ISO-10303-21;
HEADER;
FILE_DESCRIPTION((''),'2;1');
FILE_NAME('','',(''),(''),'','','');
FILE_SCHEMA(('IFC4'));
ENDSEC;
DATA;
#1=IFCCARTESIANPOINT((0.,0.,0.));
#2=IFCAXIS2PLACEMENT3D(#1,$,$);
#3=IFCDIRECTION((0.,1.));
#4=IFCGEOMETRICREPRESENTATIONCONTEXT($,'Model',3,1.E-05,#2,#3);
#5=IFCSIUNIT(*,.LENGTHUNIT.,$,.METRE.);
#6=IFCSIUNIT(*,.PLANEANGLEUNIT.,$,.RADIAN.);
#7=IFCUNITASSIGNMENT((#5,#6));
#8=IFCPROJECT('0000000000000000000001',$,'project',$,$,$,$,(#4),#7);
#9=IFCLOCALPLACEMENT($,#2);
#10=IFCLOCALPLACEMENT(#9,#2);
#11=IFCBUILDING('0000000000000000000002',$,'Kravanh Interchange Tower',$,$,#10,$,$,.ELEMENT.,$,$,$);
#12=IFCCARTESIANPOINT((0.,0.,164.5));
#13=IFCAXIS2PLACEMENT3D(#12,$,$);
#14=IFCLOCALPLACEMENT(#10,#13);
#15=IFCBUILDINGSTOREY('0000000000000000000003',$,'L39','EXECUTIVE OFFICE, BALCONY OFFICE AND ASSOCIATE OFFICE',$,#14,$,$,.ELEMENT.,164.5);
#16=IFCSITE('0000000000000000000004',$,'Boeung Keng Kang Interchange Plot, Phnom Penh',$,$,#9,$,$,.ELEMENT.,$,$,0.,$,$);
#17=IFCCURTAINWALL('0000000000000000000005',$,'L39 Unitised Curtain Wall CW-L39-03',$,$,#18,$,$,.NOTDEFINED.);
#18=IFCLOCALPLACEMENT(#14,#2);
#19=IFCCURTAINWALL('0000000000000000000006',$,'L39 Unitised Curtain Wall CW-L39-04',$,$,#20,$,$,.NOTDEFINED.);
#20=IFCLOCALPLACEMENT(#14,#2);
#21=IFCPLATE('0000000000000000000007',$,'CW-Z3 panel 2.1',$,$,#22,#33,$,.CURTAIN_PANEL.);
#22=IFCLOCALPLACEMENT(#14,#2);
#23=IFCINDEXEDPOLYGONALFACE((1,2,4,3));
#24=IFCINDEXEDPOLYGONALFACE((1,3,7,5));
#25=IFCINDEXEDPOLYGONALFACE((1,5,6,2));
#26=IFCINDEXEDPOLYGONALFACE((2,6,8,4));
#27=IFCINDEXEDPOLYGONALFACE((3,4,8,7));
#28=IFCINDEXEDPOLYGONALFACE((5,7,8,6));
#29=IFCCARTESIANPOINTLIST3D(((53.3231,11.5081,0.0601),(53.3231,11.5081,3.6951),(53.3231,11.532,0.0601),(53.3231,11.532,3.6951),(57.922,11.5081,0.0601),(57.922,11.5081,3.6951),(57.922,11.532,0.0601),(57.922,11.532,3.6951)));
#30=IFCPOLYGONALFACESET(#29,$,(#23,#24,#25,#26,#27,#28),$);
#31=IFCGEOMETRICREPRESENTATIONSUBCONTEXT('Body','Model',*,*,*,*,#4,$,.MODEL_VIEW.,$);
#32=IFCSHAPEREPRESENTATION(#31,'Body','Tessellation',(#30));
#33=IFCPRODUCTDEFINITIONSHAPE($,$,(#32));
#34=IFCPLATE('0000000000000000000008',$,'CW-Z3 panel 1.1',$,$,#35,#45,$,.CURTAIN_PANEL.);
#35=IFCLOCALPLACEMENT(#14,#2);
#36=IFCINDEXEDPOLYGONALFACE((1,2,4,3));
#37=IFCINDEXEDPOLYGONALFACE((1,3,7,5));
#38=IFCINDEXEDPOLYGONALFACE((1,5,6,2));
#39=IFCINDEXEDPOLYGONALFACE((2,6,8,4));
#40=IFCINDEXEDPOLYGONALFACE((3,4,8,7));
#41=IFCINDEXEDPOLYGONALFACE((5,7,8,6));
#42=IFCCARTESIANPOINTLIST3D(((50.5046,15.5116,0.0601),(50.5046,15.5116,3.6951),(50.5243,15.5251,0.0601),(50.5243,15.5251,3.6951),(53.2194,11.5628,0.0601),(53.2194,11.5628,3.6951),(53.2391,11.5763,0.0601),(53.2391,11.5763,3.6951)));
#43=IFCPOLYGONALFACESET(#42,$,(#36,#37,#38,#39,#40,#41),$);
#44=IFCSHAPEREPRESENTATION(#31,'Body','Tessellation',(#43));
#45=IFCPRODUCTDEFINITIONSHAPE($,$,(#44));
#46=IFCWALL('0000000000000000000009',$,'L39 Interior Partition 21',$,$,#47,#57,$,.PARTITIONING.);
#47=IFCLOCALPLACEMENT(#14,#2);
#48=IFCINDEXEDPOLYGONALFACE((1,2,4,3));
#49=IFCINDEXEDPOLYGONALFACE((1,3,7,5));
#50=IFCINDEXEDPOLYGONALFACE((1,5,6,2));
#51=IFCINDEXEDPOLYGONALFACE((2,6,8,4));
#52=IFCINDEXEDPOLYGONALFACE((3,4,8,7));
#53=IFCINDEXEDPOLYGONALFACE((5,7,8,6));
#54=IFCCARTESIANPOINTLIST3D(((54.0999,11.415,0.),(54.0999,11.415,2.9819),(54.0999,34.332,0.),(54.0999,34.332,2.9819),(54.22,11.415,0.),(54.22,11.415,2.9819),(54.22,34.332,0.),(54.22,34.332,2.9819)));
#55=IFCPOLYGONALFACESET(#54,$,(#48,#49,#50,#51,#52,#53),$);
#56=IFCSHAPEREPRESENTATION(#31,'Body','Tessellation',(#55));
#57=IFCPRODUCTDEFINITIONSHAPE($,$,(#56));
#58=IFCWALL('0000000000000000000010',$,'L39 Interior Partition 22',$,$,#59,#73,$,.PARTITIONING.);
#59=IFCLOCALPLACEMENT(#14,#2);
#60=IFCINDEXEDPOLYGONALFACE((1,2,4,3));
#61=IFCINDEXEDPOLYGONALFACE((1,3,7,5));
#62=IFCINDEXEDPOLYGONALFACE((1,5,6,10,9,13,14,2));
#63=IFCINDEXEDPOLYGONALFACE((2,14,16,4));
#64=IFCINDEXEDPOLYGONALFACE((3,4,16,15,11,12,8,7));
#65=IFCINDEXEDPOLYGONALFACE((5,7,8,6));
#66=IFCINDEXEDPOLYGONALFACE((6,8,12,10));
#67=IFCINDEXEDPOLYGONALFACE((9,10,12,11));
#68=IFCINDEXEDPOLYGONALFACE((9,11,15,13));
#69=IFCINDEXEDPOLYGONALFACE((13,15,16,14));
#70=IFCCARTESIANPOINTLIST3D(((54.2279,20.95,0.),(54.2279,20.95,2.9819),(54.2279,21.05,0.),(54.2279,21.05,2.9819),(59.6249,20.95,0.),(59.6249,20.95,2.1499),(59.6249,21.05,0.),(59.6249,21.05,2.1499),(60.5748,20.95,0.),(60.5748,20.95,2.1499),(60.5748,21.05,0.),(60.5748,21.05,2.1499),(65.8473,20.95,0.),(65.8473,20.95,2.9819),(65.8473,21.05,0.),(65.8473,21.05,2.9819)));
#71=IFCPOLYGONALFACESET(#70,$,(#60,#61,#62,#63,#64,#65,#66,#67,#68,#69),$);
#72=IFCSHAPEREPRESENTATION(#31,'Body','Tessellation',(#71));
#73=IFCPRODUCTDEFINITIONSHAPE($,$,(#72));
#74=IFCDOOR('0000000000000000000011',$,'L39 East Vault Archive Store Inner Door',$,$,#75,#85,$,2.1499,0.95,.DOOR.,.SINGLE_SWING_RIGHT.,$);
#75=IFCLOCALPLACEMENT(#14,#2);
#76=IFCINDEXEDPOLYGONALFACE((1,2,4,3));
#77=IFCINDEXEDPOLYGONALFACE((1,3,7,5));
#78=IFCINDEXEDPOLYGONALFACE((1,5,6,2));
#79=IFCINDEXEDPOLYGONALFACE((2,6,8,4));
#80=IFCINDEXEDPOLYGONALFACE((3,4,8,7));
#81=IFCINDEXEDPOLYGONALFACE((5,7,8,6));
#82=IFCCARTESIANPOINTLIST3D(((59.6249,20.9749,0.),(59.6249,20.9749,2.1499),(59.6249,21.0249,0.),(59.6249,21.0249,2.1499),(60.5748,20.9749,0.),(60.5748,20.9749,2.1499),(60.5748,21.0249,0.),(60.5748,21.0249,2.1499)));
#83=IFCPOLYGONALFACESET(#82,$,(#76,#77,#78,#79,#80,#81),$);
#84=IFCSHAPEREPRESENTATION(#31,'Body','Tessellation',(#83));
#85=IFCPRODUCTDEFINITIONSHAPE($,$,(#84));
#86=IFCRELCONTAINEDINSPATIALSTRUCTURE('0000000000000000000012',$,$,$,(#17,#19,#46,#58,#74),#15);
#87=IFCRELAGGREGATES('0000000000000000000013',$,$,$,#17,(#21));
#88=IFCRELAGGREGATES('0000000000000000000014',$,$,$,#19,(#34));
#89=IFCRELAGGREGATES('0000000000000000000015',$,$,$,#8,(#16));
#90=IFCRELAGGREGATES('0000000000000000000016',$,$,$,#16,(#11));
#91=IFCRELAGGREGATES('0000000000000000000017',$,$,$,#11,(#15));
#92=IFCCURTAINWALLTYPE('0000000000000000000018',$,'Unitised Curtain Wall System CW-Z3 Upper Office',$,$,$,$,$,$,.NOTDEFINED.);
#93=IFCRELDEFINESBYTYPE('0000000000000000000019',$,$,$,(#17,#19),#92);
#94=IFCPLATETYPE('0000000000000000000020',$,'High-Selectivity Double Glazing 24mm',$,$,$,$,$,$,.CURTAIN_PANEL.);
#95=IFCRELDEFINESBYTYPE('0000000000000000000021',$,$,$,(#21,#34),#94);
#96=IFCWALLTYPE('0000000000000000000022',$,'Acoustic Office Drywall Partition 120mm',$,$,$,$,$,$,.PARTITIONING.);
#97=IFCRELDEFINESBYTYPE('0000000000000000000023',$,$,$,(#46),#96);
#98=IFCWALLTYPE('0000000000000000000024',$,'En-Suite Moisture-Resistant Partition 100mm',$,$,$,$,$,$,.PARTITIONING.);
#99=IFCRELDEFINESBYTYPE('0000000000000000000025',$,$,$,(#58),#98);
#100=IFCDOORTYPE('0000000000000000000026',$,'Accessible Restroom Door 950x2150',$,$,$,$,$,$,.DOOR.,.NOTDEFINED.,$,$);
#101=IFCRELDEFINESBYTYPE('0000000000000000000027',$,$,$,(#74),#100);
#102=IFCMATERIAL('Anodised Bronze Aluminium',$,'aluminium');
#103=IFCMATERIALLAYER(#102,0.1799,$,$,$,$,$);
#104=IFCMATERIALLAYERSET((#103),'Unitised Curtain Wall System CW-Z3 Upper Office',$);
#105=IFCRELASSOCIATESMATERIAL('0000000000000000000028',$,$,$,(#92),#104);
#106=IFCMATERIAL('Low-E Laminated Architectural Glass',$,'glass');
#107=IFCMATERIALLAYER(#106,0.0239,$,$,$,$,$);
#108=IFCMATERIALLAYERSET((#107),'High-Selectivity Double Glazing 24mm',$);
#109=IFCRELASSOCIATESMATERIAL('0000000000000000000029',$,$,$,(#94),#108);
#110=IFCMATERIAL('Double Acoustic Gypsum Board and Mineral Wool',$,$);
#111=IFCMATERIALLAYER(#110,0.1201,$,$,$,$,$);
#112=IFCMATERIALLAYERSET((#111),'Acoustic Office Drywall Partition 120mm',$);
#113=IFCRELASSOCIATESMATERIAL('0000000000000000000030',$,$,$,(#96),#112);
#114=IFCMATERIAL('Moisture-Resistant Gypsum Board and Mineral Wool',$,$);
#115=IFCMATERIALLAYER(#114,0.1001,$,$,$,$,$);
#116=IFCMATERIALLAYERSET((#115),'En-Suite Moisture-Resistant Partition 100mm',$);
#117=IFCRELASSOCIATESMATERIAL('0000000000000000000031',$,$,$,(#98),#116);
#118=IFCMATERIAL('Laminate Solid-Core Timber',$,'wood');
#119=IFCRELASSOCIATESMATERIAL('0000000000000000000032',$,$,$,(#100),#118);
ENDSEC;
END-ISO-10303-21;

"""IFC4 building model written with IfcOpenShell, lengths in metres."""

from ifc_helpers import new_model, si_unit, direction, frame, frame_2d, origin, origin_2d, place, context, subcontext, project, spatial, rectangle, extrude, material, layer, layer_set, type_object, element, fill, aggregate, save


model = new_model("IFC4")

# Units and contexts
model_context = context("Model", 3, precision=1e-05, world=origin(), true_north=direction((0.0, 1.0)))
body_context = subcontext(model_context, "Body", "Model", "MODEL_VIEW")
ifc_project = project(units=[si_unit("LENGTHUNIT", "METRE"), si_unit("PLANEANGLEUNIT", "RADIAN")], contexts=[model_context])

# Site, building, storey
site_placement = place(None, origin())
site = spatial("IfcSite", under=ifc_project, at=site_placement, Name="Boeung Keng Kang Interchange Plot, Phnom Penh", CompositionType="ELEMENT", RefElevation=0.0)
building_placement = place(site_placement, origin())
building = spatial("IfcBuilding", under=site, at=building_placement, Name="Kravanh Interchange Tower", CompositionType="ELEMENT")
storey_placement = place(building_placement, frame((0.0, 0.0, 164.5)))
storey = spatial("IfcBuildingStorey", under=building, at=storey_placement, Name="L39", Description="EXECUTIVE OFFICE, BALCONY OFFICE AND ASSOCIATE OFFICE", CompositionType="ELEMENT", Elevation=164.5)

# Curtain wall
ifc_material_1 = material(Name="Anodised Bronze Aluminium", Category="aluminium")
ifc_layer_1 = layer(ifc_material_1, 0.1799)
ifc_layer_set_1 = layer_set([ifc_layer_1], Name="Unitised Curtain Wall System CW-Z3 Upper Office")
curtain_wall_type = type_object("IfcCurtainWallType", Name="Unitised Curtain Wall System CW-Z3 Upper Office", PredefinedType="NOTDEFINED", material=ifc_layer_set_1)
curtain_wall_1_placement = place(storey_placement, origin())
curtain_wall_1 = element("IfcCurtainWall", 1, at=curtain_wall_1_placement, inside=storey, type_object=curtain_wall_type, Name="L39 Unitised Curtain Wall CW-L39-03", PredefinedType="NOTDEFINED")

# Curtain wall
curtain_wall_2_placement = place(storey_placement, origin())
curtain_wall_2 = element("IfcCurtainWall", 2, at=curtain_wall_2_placement, inside=storey, type_object=curtain_wall_type, Name="L39 Unitised Curtain Wall CW-L39-04", PredefinedType="NOTDEFINED")

# Plates
ifc_material_2 = material(Name="Low-E Laminated Architectural Glass", Category="glass")
ifc_layer_2 = layer(ifc_material_2, 0.0239)
ifc_layer_set_2 = layer_set([ifc_layer_2], Name="High-Selectivity Double Glazing 24mm")
plate_type = type_object("IfcPlateType", Name="High-Selectivity Double Glazing 24mm", PredefinedType="CURTAIN_PANEL", material=ifc_layer_set_2)
plate_1_placement = place(storey_placement, frame((55.6226, 11.52, 0.0601), z_axis=(0.0, 0.0, 1.0), x_axis=(-1.0, 0.0, 0.0)))
plate_1 = element("IfcPlate", 3, at=plate_1_placement, type_object=plate_type, Name="CW-Z3 panel 2.1", PredefinedType="CURTAIN_PANEL", context=body_context, shape_type="SweptSolid", body=[
    extrude(rectangle(XDim=4.5989, YDim=0.0239, at=origin_2d()), origin(), (0.0, 0.0, 1.0), 3.635),
])
aggregate(curtain_wall_1, [plate_1])
plate_2_placement = place(storey_placement, frame((51.8718, 13.5439, 0.0601), z_axis=(0.0, 0.0, 1.0), x_axis=(-0.566528, 0.824042, 0.0)))
plate_2 = element("IfcPlate", 4, at=plate_2_placement, type_object=plate_type, Name="CW-Z3 panel 1.1", PredefinedType="CURTAIN_PANEL", context=body_context, shape_type="SweptSolid", body=[
    extrude(rectangle(XDim=4.792, YDim=0.0239, at=origin_2d()), origin(), (0.0, 0.0, 1.0), 3.635),
])
aggregate(curtain_wall_2, [plate_2])

# Wall
ifc_material_3 = material(Name="Double Acoustic Gypsum Board and Mineral Wool")
ifc_layer_3 = layer(ifc_material_3, 0.1201)
ifc_layer_set_3 = layer_set([ifc_layer_3], Name="Acoustic Office Drywall Partition 120mm")
wall_type_1 = type_object("IfcWallType", Name="Acoustic Office Drywall Partition 120mm", PredefinedType="PARTITIONING", material=ifc_layer_set_3)
wall_1_placement = place(storey_placement, frame((54.1599, 11.415, 0.0), z_axis=(0.0, 0.0, 1.0), x_axis=(0.0, 1.0, 0.0)))
element("IfcWall", 5, at=wall_1_placement, inside=storey, type_object=wall_type_1, Name="L39 Interior Partition 21", PredefinedType="PARTITIONING", context=body_context, shape_type="SweptSolid", body=[
    extrude(rectangle(XDim=22.917, YDim=0.1201, at=frame_2d((11.4585, 0.0))), origin(), (0.0, 0.0, 1.0), 2.9819),
])

# Wall, opening, door
ifc_material_4 = material(Name="Moisture-Resistant Gypsum Board and Mineral Wool")
ifc_layer_4 = layer(ifc_material_4, 0.1001)
ifc_layer_set_4 = layer_set([ifc_layer_4], Name="En-Suite Moisture-Resistant Partition 100mm")
wall_type_2 = type_object("IfcWallType", Name="En-Suite Moisture-Resistant Partition 100mm", PredefinedType="PARTITIONING", material=ifc_layer_set_4)
wall_2_placement = place(storey_placement, frame((54.228, 21.0, 0.0), z_axis=(0.0, 0.0, 1.0), x_axis=(1.0, 0.0, 0.0)))
wall_2 = element("IfcWall", 6, at=wall_2_placement, inside=storey, type_object=wall_type_2, Name="L39 Interior Partition 22", PredefinedType="PARTITIONING", context=body_context, shape_type="SweptSolid", body=[
    extrude(rectangle(XDim=11.6194, YDim=0.1001, at=frame_2d((5.8096, 0.0))), origin(), (0.0, 0.0, 1.0), 2.9819),
])
opening_placement = place(wall_2_placement, frame((5.3967, 0.0, 0.0)))
opening = element("IfcOpeningElement", 7, at=opening_placement, cuts=wall_2, PredefinedType="OPENING", context=body_context, shape_type="SweptSolid", body=[
    extrude(rectangle(XDim=0.95, YDim=2.1499, at=frame_2d((0.4751, 1.075))), frame((0.0, 0.0601, 0.0), z_axis=(0.0, -1.0, 0.0), x_axis=(1.0, 0.0, 0.0)), (0.0, 0.0, 1.0), 0.1201),
])
ifc_material_5 = material(Name="Laminate Solid-Core Timber", Category="wood")
door_type = type_object("IfcDoorType", Name="Accessible Restroom Door 950x2150", OperationType="NOTDEFINED", PredefinedType="DOOR", material=ifc_material_5)
door_placement = place(opening_placement, origin())
door = element("IfcDoor", 8, at=door_placement, inside=storey, type_object=door_type, Name="L39 East Vault Archive Store Inner Door", OperationType="SINGLE_SWING_RIGHT", OverallHeight=2.1499, OverallWidth=0.95, PredefinedType="DOOR", context=body_context, shape_type="SweptSolid", body=[
    extrude(rectangle(XDim=0.95, YDim=2.1499, at=frame_2d((0.4751, 1.075))), frame((0.0, 0.0249, 0.0), z_axis=(0.0, -1.0, 0.0), x_axis=(1.0, 0.0, 0.0)), (0.0, 0.0, 1.0), 0.05),
])
fill(opening, door)

save(model, "model.ifc")
